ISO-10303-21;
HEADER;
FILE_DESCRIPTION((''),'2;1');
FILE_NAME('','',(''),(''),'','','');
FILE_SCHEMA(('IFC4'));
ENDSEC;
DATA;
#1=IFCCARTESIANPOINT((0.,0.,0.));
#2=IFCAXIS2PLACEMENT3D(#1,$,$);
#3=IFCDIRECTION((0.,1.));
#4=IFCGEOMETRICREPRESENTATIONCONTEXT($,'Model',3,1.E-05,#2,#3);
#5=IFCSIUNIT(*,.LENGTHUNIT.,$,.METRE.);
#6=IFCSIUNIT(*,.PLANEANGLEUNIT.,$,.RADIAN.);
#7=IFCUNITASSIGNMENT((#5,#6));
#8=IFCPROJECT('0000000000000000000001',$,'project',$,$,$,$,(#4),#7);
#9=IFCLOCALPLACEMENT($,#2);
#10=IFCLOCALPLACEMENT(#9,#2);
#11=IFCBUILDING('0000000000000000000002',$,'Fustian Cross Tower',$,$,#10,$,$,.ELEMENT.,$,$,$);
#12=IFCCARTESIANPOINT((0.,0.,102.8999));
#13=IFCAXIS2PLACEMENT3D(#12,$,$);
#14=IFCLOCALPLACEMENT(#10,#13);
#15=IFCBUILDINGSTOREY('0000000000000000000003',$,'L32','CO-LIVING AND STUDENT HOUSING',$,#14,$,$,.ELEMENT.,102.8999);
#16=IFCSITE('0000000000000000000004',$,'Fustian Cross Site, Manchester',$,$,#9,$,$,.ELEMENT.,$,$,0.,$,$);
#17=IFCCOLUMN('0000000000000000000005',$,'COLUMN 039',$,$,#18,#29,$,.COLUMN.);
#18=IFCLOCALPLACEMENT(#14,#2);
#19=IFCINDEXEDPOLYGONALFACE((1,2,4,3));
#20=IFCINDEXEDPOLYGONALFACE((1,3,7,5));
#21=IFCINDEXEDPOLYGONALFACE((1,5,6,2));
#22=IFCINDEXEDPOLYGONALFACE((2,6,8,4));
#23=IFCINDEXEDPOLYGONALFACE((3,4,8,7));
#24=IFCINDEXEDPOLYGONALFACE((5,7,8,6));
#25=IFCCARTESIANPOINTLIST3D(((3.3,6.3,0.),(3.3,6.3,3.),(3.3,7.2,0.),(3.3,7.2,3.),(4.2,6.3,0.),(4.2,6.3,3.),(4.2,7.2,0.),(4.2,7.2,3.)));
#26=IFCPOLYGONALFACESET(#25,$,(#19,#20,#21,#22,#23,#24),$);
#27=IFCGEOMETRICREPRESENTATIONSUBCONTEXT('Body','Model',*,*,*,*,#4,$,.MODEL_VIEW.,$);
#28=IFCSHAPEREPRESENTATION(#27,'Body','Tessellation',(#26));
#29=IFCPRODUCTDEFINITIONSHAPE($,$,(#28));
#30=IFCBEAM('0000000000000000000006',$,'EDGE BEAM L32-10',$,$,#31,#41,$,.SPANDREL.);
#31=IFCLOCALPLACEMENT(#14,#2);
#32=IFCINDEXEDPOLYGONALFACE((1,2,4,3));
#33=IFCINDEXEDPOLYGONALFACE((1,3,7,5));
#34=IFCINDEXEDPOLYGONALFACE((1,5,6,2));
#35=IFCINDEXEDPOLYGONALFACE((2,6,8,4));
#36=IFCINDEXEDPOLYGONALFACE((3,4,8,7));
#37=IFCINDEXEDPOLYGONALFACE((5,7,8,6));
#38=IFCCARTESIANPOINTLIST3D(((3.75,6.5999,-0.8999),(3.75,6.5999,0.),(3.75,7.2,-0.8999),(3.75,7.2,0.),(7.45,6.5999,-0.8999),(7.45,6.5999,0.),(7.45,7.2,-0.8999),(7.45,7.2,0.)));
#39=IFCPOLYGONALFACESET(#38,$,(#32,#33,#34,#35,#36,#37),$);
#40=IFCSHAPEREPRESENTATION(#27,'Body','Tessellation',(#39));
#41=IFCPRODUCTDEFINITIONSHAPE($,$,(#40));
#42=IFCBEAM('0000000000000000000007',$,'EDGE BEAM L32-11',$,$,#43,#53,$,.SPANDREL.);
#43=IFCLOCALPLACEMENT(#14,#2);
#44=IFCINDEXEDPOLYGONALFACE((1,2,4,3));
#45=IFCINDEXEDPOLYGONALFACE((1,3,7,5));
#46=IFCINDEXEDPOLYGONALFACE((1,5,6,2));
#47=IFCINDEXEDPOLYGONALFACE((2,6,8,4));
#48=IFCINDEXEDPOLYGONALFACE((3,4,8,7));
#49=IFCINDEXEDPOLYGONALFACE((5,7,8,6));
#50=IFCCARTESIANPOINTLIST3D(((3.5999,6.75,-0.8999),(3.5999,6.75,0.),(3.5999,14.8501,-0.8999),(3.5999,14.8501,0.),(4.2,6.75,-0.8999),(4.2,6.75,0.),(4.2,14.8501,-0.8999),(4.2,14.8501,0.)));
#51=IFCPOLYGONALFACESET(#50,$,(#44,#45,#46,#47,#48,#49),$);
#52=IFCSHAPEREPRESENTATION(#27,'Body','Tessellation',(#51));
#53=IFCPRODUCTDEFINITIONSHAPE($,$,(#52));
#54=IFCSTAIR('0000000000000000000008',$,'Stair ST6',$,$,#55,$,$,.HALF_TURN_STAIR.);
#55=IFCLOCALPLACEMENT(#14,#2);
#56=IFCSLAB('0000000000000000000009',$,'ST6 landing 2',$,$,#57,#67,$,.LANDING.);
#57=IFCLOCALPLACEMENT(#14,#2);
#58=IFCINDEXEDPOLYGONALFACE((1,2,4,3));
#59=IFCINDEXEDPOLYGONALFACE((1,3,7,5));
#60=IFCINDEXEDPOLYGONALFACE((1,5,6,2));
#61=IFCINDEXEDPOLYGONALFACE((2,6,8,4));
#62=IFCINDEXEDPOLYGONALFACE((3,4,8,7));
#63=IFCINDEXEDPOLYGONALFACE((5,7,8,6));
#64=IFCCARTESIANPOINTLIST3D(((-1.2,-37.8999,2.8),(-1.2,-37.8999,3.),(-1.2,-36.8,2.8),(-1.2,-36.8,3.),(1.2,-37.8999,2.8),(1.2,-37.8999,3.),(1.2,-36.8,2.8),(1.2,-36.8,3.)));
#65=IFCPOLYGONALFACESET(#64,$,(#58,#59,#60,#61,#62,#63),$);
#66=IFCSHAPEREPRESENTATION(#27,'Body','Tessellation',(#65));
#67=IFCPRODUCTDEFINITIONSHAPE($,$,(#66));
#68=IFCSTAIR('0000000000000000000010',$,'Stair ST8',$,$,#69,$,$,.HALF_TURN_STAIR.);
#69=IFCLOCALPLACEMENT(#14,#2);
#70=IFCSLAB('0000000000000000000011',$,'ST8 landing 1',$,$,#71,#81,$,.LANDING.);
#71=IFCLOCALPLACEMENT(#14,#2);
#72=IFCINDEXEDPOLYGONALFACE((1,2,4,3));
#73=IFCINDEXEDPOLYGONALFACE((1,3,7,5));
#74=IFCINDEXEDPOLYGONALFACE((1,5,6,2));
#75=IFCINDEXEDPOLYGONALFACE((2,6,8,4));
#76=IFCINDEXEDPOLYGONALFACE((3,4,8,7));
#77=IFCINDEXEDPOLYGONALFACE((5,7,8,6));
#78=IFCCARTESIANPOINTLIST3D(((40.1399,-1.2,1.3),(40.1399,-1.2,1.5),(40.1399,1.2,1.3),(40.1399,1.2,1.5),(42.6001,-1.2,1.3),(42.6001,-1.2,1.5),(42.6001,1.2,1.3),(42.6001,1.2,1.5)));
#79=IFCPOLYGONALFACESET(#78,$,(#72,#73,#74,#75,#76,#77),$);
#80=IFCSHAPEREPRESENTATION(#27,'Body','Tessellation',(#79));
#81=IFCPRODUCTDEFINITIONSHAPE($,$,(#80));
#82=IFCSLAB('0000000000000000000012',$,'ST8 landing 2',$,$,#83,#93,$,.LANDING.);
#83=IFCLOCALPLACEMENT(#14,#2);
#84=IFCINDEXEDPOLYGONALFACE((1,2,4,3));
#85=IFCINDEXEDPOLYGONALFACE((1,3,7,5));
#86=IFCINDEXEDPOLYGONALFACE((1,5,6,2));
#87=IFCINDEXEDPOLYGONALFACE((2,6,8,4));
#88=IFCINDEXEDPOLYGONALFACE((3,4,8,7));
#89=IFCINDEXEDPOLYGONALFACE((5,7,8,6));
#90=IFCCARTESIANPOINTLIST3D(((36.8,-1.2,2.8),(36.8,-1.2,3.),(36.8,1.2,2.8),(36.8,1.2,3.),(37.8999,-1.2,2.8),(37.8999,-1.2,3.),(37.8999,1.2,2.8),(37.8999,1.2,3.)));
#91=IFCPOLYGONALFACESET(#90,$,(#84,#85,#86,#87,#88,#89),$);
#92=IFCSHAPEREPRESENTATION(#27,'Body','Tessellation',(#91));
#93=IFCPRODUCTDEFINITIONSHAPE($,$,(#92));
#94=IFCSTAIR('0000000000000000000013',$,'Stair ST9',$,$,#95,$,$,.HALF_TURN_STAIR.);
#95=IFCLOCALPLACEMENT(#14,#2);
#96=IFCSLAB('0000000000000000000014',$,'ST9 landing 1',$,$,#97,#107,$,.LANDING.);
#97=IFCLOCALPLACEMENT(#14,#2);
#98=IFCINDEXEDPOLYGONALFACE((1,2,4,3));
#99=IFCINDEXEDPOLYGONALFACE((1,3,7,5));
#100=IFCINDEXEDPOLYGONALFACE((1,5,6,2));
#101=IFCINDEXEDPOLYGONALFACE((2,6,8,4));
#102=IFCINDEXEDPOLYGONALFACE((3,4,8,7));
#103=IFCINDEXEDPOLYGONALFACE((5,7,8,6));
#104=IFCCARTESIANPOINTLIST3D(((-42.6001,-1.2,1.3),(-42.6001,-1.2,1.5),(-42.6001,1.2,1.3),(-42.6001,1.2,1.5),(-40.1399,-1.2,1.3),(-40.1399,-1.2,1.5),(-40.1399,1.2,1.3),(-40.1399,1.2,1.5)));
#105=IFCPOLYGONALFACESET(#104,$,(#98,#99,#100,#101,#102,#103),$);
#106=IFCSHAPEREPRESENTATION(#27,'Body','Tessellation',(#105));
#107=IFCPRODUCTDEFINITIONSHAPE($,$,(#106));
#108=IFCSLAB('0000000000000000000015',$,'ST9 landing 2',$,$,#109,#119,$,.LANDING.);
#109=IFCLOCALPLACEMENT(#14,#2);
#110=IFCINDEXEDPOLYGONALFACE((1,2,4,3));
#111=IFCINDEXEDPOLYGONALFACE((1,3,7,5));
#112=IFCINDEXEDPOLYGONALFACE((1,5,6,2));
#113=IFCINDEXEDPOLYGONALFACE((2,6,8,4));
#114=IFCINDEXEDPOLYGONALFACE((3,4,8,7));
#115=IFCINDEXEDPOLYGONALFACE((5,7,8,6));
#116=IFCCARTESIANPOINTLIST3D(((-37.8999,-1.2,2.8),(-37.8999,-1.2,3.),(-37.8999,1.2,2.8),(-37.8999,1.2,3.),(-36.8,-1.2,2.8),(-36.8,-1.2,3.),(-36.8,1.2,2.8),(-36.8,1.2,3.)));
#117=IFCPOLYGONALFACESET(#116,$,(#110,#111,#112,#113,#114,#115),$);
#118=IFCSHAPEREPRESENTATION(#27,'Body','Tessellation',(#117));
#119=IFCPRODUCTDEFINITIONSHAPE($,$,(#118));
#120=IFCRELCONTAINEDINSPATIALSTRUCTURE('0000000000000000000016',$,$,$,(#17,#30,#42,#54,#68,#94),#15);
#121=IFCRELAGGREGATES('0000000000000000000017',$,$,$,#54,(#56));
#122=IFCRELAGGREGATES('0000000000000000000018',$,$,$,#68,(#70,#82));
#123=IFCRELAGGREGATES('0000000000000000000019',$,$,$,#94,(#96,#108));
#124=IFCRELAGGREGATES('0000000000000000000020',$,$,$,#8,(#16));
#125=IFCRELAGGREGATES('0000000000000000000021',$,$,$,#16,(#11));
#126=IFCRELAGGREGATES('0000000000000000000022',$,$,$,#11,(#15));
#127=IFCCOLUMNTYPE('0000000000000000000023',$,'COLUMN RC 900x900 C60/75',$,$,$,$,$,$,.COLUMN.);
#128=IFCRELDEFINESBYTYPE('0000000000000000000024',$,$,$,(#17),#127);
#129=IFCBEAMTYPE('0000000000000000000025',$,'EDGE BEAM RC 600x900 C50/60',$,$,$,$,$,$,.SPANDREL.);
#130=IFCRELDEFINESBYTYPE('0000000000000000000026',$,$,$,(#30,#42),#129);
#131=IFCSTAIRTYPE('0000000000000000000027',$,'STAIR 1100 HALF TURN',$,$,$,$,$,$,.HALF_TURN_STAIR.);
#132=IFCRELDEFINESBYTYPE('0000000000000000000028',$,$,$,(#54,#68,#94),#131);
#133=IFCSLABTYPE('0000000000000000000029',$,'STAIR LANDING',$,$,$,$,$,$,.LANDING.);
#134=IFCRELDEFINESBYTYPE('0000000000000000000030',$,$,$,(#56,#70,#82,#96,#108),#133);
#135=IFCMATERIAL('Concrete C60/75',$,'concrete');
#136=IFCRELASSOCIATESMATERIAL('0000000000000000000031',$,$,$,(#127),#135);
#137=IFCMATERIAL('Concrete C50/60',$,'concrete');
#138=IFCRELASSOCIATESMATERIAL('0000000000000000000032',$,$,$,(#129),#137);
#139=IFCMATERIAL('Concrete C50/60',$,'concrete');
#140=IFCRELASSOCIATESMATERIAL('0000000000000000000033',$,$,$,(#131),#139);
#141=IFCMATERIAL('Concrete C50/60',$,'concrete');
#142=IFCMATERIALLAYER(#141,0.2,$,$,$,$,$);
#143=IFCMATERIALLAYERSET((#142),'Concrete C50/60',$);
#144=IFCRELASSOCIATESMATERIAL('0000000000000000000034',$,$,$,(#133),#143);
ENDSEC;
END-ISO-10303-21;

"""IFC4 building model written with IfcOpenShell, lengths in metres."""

from ifc_helpers import new_model, si_unit, direction, frame, origin, origin_2d, place, context, subcontext, project, spatial, polyline, rectangle, outline, extrude, material, layer, layer_set, material_profile, profile_set, type_object, element, aggregate, save


model = new_model("IFC4")

# Units and contexts
model_context = context("Model", 3, precision=1e-05, world=origin(), true_north=direction((0.0, 1.0)))
body_context = subcontext(model_context, "Body", "Model", "MODEL_VIEW")
ifc_project = project(units=[si_unit("LENGTHUNIT", "METRE"), si_unit("PLANEANGLEUNIT", "RADIAN")], contexts=[model_context])

# Site, building, storey
site_placement = place(None, origin())
site = spatial("IfcSite", under=ifc_project, at=site_placement, Name="Fustian Cross Site, Manchester", CompositionType="ELEMENT", RefElevation=0.0)
building_placement = place(site_placement, origin())
building = spatial("IfcBuilding", under=site, at=building_placement, Name="Fustian Cross Tower", CompositionType="ELEMENT")
storey_placement = place(building_placement, frame((0.0, 0.0, 102.8999)))
storey = spatial("IfcBuildingStorey", under=building, at=storey_placement, Name="L32", Description="CO-LIVING AND STUDENT HOUSING", CompositionType="ELEMENT", Elevation=102.8999)

# Column
ifc_material_1 = material(Name="Concrete C60/75", Category="concrete")
ifc_material_profile_1 = material_profile(ifc_material_1, rectangle(XDim=0.8999, YDim=0.8999, at=origin_2d()), Name="RC 900x900")
ifc_profile_set_1 = profile_set([ifc_material_profile_1], Name="Concrete C60/75")
column_type = type_object("IfcColumnType", Name="COLUMN RC 900x900 C60/75", PredefinedType="COLUMN", material=ifc_profile_set_1)
column_placement = place(storey_placement, frame((3.75, 6.75, 0.0), z_axis=(0.0, 0.0, 1.0), x_axis=(1.0, 0.0, 0.0)))
element("IfcColumn", 1, at=column_placement, inside=storey, type_object=column_type, Name="COLUMN 039", PredefinedType="COLUMN", context=body_context, shape_type="SweptSolid", body=[
    extrude(rectangle(XDim=0.8999, YDim=0.8999, at=origin_2d()), origin(), (0.0, 0.0, 1.0), 3.0),
])

# Beams
ifc_material_2 = material(Name="Concrete C50/60", Category="concrete")
ifc_material_profile_2 = material_profile(ifc_material_2, rectangle(XDim=0.6001, YDim=0.8999, at=origin_2d()), Name="RC 600x900")
ifc_profile_set_2 = profile_set([ifc_material_profile_2], Name="Concrete C50/60")
beam_type = type_object("IfcBeamType", Name="EDGE BEAM RC 600x900 C50/60", PredefinedType="SPANDREL", material=ifc_profile_set_2)
beam_1_placement = place(storey_placement, frame((7.45, 6.8999, -0.45), z_axis=(-1.0, 0.0, 0.0), x_axis=(0.0, -1.0, 0.0)))
element("IfcBeam", 2, at=beam_1_placement, inside=storey, type_object=beam_type, Name="EDGE BEAM L32-10", PredefinedType="SPANDREL", context=body_context, shape_type="SweptSolid", body=[
    extrude(rectangle(XDim=0.6001, YDim=0.8999, at=origin_2d()), origin(), (0.0, 0.0, 1.0), 3.7),
])
beam_2_placement = place(storey_placement, frame((3.8999, 6.75, -0.45), z_axis=(0.0, 1.0, 0.0), x_axis=(-1.0, 0.0, 0.0)))
element("IfcBeam", 3, at=beam_2_placement, inside=storey, type_object=beam_type, Name="EDGE BEAM L32-11", PredefinedType="SPANDREL", context=body_context, shape_type="SweptSolid", body=[
    extrude(rectangle(XDim=0.6001, YDim=0.8999, at=origin_2d()), origin(), (0.0, 0.0, 1.0), 8.1001),
])

# Stair, slab
ifc_material_3 = material(Name="Concrete C50/60", Category="concrete")
stair_type = type_object("IfcStairType", Name="STAIR 1100 HALF TURN", PredefinedType="HALF_TURN_STAIR", material=ifc_material_3)
stair_1_placement = place(storey_placement, origin())
stair_1 = element("IfcStair", 4, at=stair_1_placement, inside=storey, type_object=stair_type, Name="Stair ST6", PredefinedType="HALF_TURN_STAIR")
ifc_material_4 = material(Name="Concrete C50/60", Category="concrete")
ifc_layer_1 = layer(ifc_material_4, 0.2)
ifc_layer_set_1 = layer_set([ifc_layer_1], Name="Concrete C50/60")
slab_type = type_object("IfcSlabType", Name="STAIR LANDING", PredefinedType="LANDING", material=ifc_layer_set_1)
slab_1_placement = place(storey_placement, frame((0.0, 0.0, 2.8)))
slab_1 = element("IfcSlab", 5, at=slab_1_placement, type_object=slab_type, Name="ST6 landing 2", PredefinedType="LANDING", context=body_context, shape_type="SweptSolid", body=[
    extrude(outline(polyline([(-1.2, -36.8), (-1.2, -37.8999), (1.2, -37.8999), (1.2, -36.8), (-1.2, -36.8)])), origin(), (0.0, 0.0, 1.0), 0.2),
])
aggregate(stair_1, [slab_1])

# Stairs, slabs
stair_2_placement = place(storey_placement, origin())
stair_2 = element("IfcStair", 6, at=stair_2_placement, inside=storey, type_object=stair_type, Name="Stair ST8", PredefinedType="HALF_TURN_STAIR")
slab_2_placement = place(storey_placement, frame((0.0, 0.0, 1.3)))
slab_2 = element("IfcSlab", 7, at=slab_2_placement, type_object=slab_type, Name="ST8 landing 1", PredefinedType="LANDING", context=body_context, shape_type="SweptSolid", body=[
    extrude(outline(polyline([(40.1399, -1.2), (42.6001, -1.2), (42.6001, 1.2), (40.1399, 1.2), (40.1399, -1.2)])), origin(), (0.0, 0.0, 1.0), 0.2),
])
slab_3_placement = place(storey_placement, frame((0.0, 0.0, 2.8)))
slab_3 = element("IfcSlab", 8, at=slab_3_placement, type_object=slab_type, Name="ST8 landing 2", PredefinedType="LANDING", context=body_context, shape_type="SweptSolid", body=[
    extrude(outline(polyline([(36.8, -1.2), (37.8999, -1.2), (37.8999, 1.2), (36.8, 1.2), (36.8, -1.2)])), origin(), (0.0, 0.0, 1.0), 0.2),
])
aggregate(stair_2, [slab_2, slab_3])
stair_3_placement = place(storey_placement, origin())
stair_3 = element("IfcStair", 9, at=stair_3_placement, inside=storey, type_object=stair_type, Name="Stair ST9", PredefinedType="HALF_TURN_STAIR")
slab_4_placement = place(storey_placement, frame((0.0, 0.0, 1.3)))
slab_4 = element("IfcSlab", 10, at=slab_4_placement, type_object=slab_type, Name="ST9 landing 1", PredefinedType="LANDING", context=body_context, shape_type="SweptSolid", body=[
    extrude(outline(polyline([(-40.1399, -1.2), (-42.6001, -1.2), (-42.6001, 1.2), (-40.1399, 1.2), (-40.1399, -1.2)])), origin(), (0.0, 0.0, 1.0), 0.2),
])
slab_5_placement = place(storey_placement, frame((0.0, 0.0, 2.8)))
slab_5 = element("IfcSlab", 11, at=slab_5_placement, type_object=slab_type, Name="ST9 landing 2", PredefinedType="LANDING", context=body_context, shape_type="SweptSolid", body=[
    extrude(outline(polyline([(-36.8, -1.2), (-37.8999, -1.2), (-37.8999, 1.2), (-36.8, 1.2), (-36.8, -1.2)])), origin(), (0.0, 0.0, 1.0), 0.2),
])
aggregate(stair_3, [slab_4, slab_5])

save(model, "model.ifc")
